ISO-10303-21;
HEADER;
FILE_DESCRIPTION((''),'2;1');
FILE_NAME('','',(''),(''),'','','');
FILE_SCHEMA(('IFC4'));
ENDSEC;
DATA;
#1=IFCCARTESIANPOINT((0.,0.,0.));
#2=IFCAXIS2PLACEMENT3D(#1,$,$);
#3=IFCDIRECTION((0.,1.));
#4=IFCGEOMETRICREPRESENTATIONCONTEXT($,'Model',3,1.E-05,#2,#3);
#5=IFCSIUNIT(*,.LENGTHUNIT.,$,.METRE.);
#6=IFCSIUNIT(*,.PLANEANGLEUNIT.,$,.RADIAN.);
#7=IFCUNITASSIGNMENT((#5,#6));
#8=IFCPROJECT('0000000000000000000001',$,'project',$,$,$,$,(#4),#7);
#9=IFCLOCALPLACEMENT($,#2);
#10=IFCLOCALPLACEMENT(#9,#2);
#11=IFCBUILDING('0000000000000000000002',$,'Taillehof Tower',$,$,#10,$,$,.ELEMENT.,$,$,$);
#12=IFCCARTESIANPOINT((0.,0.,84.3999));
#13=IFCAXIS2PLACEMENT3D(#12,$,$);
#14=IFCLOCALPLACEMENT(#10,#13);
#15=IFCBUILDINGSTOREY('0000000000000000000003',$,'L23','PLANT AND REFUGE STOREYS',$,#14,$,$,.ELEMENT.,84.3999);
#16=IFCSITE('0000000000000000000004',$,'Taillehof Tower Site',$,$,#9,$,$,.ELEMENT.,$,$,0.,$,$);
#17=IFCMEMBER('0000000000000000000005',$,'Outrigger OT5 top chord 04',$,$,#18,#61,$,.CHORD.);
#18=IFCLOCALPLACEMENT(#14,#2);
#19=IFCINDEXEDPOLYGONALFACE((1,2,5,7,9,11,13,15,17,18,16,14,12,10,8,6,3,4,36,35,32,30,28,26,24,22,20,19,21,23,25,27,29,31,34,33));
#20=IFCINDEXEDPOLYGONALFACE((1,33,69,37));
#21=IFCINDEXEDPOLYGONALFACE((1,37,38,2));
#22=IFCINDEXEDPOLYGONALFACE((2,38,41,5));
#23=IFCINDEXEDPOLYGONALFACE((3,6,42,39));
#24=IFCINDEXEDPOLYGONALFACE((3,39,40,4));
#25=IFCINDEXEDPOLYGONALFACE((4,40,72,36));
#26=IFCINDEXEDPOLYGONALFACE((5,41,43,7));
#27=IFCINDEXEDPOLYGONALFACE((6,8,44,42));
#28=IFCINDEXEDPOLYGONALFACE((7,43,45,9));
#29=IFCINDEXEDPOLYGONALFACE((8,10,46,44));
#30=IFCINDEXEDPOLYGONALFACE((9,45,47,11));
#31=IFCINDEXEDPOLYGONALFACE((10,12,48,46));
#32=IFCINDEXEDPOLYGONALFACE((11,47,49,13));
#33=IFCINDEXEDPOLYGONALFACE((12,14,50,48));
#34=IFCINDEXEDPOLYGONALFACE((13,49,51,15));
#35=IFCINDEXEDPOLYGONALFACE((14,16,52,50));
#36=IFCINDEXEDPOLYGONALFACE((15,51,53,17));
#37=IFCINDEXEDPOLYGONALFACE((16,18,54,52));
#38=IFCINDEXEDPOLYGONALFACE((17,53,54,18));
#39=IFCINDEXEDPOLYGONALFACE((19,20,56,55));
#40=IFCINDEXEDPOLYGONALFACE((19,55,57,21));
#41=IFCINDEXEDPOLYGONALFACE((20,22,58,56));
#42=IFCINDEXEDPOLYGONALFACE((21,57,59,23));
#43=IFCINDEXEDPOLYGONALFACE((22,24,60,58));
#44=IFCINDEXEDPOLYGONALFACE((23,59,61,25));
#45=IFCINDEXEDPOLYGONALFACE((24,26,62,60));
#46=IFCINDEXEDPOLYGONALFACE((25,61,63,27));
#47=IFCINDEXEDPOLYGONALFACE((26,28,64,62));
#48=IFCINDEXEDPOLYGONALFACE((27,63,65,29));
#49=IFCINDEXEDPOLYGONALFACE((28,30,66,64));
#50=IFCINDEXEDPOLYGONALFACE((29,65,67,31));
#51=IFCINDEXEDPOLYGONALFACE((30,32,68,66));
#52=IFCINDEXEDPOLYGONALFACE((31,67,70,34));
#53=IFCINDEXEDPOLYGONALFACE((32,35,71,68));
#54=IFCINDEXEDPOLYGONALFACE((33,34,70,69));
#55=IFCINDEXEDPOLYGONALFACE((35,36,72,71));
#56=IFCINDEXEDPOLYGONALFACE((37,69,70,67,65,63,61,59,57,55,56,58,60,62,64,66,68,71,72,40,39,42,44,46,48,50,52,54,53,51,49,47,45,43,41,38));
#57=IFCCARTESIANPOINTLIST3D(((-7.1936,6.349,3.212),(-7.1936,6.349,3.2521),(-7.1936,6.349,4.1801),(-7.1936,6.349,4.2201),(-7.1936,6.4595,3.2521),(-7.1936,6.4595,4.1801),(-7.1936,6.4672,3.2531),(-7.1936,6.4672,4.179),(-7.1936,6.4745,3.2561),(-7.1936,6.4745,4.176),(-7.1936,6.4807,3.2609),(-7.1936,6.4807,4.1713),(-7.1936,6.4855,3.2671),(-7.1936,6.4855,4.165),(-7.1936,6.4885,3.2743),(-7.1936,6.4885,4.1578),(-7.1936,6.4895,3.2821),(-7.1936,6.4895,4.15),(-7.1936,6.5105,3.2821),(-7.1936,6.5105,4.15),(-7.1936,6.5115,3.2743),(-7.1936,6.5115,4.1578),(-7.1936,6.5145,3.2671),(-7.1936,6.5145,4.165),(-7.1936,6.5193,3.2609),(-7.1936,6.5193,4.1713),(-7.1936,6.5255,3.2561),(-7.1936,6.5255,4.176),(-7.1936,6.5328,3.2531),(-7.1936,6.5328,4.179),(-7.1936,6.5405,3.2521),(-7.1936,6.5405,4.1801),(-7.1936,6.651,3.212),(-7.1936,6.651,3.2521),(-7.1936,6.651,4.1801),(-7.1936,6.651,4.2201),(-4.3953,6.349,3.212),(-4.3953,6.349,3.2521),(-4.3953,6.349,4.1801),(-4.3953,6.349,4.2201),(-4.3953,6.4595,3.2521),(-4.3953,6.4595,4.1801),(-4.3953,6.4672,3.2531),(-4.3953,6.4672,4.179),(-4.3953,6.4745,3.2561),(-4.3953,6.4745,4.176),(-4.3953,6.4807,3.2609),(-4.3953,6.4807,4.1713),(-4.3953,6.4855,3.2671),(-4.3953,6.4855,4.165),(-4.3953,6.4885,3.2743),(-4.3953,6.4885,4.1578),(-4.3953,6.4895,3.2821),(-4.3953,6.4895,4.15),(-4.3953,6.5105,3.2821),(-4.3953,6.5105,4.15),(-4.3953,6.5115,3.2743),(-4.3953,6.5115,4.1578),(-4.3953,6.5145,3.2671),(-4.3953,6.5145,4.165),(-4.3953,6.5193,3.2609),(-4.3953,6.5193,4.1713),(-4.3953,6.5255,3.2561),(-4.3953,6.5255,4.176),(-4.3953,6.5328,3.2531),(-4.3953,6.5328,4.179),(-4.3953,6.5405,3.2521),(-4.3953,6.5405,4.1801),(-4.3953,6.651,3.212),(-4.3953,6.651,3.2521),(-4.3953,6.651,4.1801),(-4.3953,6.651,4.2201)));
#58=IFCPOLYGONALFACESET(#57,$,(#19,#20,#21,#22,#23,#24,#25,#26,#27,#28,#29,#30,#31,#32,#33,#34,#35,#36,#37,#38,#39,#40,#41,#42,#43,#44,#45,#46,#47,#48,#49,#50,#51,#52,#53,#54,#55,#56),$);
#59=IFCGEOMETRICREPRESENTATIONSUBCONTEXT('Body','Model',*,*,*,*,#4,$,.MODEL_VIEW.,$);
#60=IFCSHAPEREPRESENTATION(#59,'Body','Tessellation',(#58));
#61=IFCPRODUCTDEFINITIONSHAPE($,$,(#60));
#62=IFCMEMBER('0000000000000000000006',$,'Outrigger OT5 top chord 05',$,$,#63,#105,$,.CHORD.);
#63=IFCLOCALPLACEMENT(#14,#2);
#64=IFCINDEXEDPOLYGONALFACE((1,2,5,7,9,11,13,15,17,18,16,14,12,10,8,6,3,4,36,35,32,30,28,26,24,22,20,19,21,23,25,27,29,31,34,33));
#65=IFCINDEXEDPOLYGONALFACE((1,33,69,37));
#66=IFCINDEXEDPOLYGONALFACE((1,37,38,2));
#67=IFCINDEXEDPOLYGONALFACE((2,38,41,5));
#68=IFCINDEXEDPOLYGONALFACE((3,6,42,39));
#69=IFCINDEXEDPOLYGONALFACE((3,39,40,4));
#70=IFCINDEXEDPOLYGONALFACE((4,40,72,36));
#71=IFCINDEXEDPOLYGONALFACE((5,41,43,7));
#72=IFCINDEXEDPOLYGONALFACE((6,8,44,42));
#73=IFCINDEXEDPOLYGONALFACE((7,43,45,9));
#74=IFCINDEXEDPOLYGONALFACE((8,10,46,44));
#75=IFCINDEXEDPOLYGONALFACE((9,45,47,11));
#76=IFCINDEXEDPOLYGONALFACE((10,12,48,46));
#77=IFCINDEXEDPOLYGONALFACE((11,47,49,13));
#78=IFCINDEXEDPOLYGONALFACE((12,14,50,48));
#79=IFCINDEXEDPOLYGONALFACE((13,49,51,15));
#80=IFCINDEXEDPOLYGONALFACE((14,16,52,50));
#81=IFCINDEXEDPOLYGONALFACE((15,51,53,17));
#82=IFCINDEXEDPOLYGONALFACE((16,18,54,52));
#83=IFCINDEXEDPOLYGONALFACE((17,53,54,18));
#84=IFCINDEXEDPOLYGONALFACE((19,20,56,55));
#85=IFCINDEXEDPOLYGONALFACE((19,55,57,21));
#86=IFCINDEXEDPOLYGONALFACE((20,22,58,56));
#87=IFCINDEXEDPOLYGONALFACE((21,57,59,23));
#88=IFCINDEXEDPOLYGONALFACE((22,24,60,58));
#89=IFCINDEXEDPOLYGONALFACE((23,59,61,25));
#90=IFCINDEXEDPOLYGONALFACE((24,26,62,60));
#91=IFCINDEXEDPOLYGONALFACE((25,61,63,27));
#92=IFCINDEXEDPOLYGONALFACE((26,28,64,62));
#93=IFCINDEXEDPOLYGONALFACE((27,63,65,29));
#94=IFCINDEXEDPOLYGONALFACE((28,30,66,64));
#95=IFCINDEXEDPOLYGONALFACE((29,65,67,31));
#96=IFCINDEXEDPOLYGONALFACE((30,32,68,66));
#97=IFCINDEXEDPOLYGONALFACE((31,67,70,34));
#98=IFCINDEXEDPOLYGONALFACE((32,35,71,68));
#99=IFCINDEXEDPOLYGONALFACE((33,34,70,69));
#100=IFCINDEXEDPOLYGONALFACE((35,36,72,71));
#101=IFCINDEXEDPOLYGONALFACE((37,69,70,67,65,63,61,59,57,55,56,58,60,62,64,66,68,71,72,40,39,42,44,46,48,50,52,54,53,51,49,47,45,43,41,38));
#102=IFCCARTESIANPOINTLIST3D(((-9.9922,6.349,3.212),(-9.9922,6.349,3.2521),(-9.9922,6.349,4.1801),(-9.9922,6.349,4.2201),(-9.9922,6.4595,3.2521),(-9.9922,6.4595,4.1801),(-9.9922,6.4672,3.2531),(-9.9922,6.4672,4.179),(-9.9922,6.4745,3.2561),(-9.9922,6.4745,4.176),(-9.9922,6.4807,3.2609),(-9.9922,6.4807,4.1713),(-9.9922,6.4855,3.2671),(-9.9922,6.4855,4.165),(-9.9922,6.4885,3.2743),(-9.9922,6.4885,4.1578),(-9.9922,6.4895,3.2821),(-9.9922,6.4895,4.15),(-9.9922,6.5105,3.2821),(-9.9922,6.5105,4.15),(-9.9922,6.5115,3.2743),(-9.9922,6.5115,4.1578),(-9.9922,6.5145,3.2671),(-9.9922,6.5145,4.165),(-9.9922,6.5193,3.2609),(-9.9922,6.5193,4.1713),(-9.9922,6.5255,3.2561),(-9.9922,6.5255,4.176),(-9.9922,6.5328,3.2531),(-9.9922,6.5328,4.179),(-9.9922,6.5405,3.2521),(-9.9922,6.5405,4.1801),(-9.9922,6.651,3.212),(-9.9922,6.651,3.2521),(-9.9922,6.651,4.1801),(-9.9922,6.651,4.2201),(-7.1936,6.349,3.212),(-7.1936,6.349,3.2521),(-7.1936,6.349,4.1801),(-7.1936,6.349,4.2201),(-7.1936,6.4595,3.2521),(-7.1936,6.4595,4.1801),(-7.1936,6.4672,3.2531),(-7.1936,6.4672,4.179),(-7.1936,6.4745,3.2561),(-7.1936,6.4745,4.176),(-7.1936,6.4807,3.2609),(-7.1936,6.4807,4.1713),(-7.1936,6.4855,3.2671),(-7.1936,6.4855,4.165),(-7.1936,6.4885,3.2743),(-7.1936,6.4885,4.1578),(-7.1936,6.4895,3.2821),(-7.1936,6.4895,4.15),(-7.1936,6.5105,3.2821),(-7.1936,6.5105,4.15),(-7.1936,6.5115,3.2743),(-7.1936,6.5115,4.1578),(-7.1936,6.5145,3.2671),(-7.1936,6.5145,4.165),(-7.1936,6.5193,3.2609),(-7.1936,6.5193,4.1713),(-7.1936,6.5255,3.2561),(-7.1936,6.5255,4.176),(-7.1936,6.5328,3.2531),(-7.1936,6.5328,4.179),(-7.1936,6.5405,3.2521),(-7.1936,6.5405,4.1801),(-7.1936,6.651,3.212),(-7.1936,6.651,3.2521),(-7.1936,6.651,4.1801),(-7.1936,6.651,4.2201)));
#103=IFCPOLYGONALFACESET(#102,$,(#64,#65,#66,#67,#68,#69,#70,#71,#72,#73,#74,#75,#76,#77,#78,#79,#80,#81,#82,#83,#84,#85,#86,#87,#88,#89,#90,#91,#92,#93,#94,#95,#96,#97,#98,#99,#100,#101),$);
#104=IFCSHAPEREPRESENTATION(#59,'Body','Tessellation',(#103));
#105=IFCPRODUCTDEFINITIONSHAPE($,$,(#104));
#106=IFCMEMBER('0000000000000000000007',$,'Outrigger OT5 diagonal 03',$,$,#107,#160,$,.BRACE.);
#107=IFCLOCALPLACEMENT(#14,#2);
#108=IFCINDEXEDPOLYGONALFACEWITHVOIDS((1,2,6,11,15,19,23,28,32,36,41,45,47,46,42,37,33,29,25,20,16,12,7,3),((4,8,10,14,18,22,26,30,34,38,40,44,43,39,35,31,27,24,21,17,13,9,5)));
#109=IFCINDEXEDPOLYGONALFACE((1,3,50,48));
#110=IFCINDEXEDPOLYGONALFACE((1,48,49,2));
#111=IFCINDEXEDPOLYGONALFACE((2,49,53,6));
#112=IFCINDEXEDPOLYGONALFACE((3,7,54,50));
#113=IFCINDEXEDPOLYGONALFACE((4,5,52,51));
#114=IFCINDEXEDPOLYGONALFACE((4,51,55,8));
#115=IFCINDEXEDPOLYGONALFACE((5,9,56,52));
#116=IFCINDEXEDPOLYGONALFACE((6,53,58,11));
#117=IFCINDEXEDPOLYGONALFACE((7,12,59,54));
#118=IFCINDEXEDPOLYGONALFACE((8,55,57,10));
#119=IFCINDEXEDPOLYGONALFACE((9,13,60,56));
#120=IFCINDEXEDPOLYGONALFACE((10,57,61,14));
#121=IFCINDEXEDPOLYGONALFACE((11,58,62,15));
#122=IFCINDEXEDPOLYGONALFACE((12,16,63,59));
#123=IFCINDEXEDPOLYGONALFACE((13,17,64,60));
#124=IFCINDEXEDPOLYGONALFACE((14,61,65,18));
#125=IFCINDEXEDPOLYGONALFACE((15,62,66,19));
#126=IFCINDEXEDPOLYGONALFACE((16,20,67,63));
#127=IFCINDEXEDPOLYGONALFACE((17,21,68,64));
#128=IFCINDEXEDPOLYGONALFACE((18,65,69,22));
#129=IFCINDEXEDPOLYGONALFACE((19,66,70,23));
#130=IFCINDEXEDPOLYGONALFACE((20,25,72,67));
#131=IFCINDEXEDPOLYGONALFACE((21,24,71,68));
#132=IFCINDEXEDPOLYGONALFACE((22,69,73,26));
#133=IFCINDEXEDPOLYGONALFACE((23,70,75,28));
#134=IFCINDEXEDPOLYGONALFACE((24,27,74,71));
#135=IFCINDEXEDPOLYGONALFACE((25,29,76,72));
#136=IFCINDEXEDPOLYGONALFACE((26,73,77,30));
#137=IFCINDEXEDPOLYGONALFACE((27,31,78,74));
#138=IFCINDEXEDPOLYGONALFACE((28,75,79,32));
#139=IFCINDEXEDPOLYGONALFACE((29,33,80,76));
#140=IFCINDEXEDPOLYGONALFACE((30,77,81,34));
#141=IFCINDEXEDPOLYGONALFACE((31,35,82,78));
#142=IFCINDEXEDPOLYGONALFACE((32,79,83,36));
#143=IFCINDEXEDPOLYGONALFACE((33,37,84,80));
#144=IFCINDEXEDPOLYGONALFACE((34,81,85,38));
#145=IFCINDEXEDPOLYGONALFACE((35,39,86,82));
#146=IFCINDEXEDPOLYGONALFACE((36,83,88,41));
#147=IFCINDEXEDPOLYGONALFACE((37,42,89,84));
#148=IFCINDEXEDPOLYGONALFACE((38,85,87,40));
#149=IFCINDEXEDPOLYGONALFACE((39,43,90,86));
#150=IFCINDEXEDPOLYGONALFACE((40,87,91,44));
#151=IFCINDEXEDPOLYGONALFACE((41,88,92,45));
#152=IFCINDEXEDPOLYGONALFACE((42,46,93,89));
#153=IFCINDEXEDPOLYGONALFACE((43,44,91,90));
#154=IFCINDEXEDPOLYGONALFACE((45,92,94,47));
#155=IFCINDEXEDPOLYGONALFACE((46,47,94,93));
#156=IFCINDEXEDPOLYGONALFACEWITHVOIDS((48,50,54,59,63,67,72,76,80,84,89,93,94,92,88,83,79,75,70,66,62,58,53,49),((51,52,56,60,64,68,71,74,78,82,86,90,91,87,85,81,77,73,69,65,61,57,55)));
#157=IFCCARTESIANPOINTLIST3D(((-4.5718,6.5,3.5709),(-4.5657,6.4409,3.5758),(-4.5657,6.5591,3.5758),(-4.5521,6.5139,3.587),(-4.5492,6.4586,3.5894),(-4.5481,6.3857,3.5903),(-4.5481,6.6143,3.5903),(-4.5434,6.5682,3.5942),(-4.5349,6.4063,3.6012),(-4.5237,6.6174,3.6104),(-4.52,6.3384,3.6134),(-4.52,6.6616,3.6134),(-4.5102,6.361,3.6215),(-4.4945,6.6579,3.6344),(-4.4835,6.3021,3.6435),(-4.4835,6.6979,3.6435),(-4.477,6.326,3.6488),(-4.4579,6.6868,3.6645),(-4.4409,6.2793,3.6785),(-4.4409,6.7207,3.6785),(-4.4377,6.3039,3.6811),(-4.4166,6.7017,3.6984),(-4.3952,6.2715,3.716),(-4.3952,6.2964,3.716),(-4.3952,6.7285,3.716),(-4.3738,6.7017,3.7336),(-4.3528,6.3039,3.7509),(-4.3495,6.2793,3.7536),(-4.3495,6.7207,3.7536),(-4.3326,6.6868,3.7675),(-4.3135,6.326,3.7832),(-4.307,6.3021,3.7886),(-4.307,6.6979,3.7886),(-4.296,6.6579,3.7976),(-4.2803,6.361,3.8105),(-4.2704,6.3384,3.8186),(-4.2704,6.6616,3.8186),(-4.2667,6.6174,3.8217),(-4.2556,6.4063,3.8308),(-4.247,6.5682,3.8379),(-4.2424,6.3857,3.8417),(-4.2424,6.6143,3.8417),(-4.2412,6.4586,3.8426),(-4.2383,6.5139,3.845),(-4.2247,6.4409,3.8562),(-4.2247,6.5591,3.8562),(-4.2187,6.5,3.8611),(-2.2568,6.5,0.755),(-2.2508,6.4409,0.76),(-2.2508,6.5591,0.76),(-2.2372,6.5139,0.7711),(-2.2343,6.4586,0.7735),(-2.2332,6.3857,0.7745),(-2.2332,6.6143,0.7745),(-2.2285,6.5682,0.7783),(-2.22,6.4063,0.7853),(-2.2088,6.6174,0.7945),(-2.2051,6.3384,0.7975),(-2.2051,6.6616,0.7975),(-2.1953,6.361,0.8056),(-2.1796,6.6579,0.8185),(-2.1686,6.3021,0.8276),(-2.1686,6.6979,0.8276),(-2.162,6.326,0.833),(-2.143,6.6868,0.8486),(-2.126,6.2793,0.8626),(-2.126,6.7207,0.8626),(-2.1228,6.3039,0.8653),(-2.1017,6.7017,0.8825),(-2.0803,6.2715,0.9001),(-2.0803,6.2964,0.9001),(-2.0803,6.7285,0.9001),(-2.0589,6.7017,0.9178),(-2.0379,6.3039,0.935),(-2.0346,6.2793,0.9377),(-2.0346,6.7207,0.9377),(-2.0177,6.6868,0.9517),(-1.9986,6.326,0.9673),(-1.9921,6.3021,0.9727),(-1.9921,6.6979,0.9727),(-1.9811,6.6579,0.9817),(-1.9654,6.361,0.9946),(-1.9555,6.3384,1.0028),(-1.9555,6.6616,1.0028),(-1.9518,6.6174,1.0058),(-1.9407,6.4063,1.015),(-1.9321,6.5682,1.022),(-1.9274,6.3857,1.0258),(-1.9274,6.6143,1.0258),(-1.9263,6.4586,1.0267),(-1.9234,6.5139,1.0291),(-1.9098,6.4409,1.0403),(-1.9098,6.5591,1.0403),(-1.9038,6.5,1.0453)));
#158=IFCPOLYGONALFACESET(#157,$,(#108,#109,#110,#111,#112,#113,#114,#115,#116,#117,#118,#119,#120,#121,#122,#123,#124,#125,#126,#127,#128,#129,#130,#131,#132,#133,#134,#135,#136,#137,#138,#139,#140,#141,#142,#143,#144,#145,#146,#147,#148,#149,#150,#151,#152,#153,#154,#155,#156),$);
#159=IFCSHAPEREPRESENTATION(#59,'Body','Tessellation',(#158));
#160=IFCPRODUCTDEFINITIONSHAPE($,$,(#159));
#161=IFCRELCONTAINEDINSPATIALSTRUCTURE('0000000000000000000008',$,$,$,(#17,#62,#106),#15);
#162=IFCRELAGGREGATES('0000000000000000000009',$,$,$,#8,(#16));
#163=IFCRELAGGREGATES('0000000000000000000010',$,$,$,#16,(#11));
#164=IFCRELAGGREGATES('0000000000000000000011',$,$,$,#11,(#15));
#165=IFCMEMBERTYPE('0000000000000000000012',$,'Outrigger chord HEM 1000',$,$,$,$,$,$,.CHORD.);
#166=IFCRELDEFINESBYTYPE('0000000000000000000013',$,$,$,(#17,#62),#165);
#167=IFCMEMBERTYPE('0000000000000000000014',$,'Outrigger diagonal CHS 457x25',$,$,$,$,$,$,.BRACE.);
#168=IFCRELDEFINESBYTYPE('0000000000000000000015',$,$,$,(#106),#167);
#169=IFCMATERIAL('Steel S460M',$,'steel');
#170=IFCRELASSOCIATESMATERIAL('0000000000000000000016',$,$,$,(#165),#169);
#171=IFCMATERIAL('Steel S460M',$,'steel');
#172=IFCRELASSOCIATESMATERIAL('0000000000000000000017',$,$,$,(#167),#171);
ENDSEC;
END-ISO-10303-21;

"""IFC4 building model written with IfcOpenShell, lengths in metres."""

from ifc_helpers import new_model, si_unit, direction, frame, origin, origin_2d, place, context, subcontext, project, spatial, hollow_circle, i_section, extrude, material, material_profile, profile_set, type_object, element, save


model = new_model("IFC4")

# Units and contexts
model_context = context("Model", 3, precision=1e-05, world=origin(), true_north=direction((0.0, 1.0)))
body_context = subcontext(model_context, "Body", "Model", "MODEL_VIEW")
ifc_project = project(units=[si_unit("LENGTHUNIT", "METRE"), si_unit("PLANEANGLEUNIT", "RADIAN")], contexts=[model_context])

# Site, building, storey
site_placement = place(None, origin())
site = spatial("IfcSite", under=ifc_project, at=site_placement, Name="Taillehof Tower Site", CompositionType="ELEMENT", RefElevation=0.0)
building_placement = place(site_placement, origin())
building = spatial("IfcBuilding", under=site, at=building_placement, Name="Taillehof Tower", CompositionType="ELEMENT")
storey_placement = place(building_placement, frame((0.0, 0.0, 84.3999)))
storey = spatial("IfcBuildingStorey", under=building, at=storey_placement, Name="L23", Description="PLANT AND REFUGE STOREYS", CompositionType="ELEMENT", Elevation=84.3999)

# Members
ifc_material_1 = material(Name="Steel S460M", Category="steel")
ifc_material_profile_1 = material_profile(ifc_material_1, i_section(OverallWidth=0.302, OverallDepth=1.0081, WebThickness=0.021, FlangeThickness=0.04, FilletRadius=0.03, at=origin_2d()), Name="HEM 1000")
ifc_profile_set_1 = profile_set([ifc_material_profile_1], Name="Steel S460M")
member_type_1 = type_object("IfcMemberType", Name="Outrigger chord HEM 1000", PredefinedType="CHORD", material=ifc_profile_set_1)
member_1_placement = place(storey_placement, frame((-4.3953, 6.5, 3.7161), z_axis=(-1.0, 0.0, 0.0), x_axis=(0.0, -1.0, 0.0)))
element("IfcMember", 1, at=member_1_placement, inside=storey, type_object=member_type_1, Name="Outrigger OT5 top chord 04", PredefinedType="CHORD", context=body_context, shape_type="SweptSolid", body=[
    extrude(i_section(OverallWidth=0.302, OverallDepth=1.0081, WebThickness=0.021, FlangeThickness=0.04, FilletRadius=0.03, at=origin_2d()), origin(), (0.0, 0.0, 1.0), 2.7983),
])
member_2_placement = place(storey_placement, frame((-7.1936, 6.5, 3.7161), z_axis=(-1.0, 0.0, 0.0), x_axis=(0.0, -1.0, 0.0)))
element("IfcMember", 2, at=member_2_placement, inside=storey, type_object=member_type_1, Name="Outrigger OT5 top chord 05", PredefinedType="CHORD", context=body_context, shape_type="SweptSolid", body=[
    extrude(i_section(OverallWidth=0.302, OverallDepth=1.0081, WebThickness=0.021, FlangeThickness=0.04, FilletRadius=0.03, at=origin_2d()), origin(), (0.0, 0.0, 1.0), 2.7986),
])
ifc_material_2 = material(Name="Steel S460M", Category="steel")
ifc_material_profile_2 = material_profile(ifc_material_2, hollow_circle(Radius=0.2285, WallThickness=0.0249, at=origin_2d()), Name="CHS 457x25")
ifc_profile_set_2 = profile_set([ifc_material_profile_2], Name="Steel S460M")
member_type_2 = type_object("IfcMemberType", Name="Outrigger diagonal CHS 457x25", PredefinedType="BRACE", material=ifc_profile_set_2)
member_3_placement = place(storey_placement, frame((-2.0803, 6.5, 0.9001), z_axis=(-0.635045, 0.0, 0.772475), x_axis=(0.0, -1.0, 0.0)))
element("IfcMember", 3, at=member_3_placement, inside=storey, type_object=member_type_2, Name="Outrigger OT5 diagonal 03", PredefinedType="BRACE", context=body_context, shape_type="SweptSolid", body=[
    extrude(hollow_circle(Radius=0.2285, WallThickness=0.0249, at=origin_2d()), origin(), (0.0, 0.0, 1.0), 3.6453),
])

save(model, "model.ifc")
